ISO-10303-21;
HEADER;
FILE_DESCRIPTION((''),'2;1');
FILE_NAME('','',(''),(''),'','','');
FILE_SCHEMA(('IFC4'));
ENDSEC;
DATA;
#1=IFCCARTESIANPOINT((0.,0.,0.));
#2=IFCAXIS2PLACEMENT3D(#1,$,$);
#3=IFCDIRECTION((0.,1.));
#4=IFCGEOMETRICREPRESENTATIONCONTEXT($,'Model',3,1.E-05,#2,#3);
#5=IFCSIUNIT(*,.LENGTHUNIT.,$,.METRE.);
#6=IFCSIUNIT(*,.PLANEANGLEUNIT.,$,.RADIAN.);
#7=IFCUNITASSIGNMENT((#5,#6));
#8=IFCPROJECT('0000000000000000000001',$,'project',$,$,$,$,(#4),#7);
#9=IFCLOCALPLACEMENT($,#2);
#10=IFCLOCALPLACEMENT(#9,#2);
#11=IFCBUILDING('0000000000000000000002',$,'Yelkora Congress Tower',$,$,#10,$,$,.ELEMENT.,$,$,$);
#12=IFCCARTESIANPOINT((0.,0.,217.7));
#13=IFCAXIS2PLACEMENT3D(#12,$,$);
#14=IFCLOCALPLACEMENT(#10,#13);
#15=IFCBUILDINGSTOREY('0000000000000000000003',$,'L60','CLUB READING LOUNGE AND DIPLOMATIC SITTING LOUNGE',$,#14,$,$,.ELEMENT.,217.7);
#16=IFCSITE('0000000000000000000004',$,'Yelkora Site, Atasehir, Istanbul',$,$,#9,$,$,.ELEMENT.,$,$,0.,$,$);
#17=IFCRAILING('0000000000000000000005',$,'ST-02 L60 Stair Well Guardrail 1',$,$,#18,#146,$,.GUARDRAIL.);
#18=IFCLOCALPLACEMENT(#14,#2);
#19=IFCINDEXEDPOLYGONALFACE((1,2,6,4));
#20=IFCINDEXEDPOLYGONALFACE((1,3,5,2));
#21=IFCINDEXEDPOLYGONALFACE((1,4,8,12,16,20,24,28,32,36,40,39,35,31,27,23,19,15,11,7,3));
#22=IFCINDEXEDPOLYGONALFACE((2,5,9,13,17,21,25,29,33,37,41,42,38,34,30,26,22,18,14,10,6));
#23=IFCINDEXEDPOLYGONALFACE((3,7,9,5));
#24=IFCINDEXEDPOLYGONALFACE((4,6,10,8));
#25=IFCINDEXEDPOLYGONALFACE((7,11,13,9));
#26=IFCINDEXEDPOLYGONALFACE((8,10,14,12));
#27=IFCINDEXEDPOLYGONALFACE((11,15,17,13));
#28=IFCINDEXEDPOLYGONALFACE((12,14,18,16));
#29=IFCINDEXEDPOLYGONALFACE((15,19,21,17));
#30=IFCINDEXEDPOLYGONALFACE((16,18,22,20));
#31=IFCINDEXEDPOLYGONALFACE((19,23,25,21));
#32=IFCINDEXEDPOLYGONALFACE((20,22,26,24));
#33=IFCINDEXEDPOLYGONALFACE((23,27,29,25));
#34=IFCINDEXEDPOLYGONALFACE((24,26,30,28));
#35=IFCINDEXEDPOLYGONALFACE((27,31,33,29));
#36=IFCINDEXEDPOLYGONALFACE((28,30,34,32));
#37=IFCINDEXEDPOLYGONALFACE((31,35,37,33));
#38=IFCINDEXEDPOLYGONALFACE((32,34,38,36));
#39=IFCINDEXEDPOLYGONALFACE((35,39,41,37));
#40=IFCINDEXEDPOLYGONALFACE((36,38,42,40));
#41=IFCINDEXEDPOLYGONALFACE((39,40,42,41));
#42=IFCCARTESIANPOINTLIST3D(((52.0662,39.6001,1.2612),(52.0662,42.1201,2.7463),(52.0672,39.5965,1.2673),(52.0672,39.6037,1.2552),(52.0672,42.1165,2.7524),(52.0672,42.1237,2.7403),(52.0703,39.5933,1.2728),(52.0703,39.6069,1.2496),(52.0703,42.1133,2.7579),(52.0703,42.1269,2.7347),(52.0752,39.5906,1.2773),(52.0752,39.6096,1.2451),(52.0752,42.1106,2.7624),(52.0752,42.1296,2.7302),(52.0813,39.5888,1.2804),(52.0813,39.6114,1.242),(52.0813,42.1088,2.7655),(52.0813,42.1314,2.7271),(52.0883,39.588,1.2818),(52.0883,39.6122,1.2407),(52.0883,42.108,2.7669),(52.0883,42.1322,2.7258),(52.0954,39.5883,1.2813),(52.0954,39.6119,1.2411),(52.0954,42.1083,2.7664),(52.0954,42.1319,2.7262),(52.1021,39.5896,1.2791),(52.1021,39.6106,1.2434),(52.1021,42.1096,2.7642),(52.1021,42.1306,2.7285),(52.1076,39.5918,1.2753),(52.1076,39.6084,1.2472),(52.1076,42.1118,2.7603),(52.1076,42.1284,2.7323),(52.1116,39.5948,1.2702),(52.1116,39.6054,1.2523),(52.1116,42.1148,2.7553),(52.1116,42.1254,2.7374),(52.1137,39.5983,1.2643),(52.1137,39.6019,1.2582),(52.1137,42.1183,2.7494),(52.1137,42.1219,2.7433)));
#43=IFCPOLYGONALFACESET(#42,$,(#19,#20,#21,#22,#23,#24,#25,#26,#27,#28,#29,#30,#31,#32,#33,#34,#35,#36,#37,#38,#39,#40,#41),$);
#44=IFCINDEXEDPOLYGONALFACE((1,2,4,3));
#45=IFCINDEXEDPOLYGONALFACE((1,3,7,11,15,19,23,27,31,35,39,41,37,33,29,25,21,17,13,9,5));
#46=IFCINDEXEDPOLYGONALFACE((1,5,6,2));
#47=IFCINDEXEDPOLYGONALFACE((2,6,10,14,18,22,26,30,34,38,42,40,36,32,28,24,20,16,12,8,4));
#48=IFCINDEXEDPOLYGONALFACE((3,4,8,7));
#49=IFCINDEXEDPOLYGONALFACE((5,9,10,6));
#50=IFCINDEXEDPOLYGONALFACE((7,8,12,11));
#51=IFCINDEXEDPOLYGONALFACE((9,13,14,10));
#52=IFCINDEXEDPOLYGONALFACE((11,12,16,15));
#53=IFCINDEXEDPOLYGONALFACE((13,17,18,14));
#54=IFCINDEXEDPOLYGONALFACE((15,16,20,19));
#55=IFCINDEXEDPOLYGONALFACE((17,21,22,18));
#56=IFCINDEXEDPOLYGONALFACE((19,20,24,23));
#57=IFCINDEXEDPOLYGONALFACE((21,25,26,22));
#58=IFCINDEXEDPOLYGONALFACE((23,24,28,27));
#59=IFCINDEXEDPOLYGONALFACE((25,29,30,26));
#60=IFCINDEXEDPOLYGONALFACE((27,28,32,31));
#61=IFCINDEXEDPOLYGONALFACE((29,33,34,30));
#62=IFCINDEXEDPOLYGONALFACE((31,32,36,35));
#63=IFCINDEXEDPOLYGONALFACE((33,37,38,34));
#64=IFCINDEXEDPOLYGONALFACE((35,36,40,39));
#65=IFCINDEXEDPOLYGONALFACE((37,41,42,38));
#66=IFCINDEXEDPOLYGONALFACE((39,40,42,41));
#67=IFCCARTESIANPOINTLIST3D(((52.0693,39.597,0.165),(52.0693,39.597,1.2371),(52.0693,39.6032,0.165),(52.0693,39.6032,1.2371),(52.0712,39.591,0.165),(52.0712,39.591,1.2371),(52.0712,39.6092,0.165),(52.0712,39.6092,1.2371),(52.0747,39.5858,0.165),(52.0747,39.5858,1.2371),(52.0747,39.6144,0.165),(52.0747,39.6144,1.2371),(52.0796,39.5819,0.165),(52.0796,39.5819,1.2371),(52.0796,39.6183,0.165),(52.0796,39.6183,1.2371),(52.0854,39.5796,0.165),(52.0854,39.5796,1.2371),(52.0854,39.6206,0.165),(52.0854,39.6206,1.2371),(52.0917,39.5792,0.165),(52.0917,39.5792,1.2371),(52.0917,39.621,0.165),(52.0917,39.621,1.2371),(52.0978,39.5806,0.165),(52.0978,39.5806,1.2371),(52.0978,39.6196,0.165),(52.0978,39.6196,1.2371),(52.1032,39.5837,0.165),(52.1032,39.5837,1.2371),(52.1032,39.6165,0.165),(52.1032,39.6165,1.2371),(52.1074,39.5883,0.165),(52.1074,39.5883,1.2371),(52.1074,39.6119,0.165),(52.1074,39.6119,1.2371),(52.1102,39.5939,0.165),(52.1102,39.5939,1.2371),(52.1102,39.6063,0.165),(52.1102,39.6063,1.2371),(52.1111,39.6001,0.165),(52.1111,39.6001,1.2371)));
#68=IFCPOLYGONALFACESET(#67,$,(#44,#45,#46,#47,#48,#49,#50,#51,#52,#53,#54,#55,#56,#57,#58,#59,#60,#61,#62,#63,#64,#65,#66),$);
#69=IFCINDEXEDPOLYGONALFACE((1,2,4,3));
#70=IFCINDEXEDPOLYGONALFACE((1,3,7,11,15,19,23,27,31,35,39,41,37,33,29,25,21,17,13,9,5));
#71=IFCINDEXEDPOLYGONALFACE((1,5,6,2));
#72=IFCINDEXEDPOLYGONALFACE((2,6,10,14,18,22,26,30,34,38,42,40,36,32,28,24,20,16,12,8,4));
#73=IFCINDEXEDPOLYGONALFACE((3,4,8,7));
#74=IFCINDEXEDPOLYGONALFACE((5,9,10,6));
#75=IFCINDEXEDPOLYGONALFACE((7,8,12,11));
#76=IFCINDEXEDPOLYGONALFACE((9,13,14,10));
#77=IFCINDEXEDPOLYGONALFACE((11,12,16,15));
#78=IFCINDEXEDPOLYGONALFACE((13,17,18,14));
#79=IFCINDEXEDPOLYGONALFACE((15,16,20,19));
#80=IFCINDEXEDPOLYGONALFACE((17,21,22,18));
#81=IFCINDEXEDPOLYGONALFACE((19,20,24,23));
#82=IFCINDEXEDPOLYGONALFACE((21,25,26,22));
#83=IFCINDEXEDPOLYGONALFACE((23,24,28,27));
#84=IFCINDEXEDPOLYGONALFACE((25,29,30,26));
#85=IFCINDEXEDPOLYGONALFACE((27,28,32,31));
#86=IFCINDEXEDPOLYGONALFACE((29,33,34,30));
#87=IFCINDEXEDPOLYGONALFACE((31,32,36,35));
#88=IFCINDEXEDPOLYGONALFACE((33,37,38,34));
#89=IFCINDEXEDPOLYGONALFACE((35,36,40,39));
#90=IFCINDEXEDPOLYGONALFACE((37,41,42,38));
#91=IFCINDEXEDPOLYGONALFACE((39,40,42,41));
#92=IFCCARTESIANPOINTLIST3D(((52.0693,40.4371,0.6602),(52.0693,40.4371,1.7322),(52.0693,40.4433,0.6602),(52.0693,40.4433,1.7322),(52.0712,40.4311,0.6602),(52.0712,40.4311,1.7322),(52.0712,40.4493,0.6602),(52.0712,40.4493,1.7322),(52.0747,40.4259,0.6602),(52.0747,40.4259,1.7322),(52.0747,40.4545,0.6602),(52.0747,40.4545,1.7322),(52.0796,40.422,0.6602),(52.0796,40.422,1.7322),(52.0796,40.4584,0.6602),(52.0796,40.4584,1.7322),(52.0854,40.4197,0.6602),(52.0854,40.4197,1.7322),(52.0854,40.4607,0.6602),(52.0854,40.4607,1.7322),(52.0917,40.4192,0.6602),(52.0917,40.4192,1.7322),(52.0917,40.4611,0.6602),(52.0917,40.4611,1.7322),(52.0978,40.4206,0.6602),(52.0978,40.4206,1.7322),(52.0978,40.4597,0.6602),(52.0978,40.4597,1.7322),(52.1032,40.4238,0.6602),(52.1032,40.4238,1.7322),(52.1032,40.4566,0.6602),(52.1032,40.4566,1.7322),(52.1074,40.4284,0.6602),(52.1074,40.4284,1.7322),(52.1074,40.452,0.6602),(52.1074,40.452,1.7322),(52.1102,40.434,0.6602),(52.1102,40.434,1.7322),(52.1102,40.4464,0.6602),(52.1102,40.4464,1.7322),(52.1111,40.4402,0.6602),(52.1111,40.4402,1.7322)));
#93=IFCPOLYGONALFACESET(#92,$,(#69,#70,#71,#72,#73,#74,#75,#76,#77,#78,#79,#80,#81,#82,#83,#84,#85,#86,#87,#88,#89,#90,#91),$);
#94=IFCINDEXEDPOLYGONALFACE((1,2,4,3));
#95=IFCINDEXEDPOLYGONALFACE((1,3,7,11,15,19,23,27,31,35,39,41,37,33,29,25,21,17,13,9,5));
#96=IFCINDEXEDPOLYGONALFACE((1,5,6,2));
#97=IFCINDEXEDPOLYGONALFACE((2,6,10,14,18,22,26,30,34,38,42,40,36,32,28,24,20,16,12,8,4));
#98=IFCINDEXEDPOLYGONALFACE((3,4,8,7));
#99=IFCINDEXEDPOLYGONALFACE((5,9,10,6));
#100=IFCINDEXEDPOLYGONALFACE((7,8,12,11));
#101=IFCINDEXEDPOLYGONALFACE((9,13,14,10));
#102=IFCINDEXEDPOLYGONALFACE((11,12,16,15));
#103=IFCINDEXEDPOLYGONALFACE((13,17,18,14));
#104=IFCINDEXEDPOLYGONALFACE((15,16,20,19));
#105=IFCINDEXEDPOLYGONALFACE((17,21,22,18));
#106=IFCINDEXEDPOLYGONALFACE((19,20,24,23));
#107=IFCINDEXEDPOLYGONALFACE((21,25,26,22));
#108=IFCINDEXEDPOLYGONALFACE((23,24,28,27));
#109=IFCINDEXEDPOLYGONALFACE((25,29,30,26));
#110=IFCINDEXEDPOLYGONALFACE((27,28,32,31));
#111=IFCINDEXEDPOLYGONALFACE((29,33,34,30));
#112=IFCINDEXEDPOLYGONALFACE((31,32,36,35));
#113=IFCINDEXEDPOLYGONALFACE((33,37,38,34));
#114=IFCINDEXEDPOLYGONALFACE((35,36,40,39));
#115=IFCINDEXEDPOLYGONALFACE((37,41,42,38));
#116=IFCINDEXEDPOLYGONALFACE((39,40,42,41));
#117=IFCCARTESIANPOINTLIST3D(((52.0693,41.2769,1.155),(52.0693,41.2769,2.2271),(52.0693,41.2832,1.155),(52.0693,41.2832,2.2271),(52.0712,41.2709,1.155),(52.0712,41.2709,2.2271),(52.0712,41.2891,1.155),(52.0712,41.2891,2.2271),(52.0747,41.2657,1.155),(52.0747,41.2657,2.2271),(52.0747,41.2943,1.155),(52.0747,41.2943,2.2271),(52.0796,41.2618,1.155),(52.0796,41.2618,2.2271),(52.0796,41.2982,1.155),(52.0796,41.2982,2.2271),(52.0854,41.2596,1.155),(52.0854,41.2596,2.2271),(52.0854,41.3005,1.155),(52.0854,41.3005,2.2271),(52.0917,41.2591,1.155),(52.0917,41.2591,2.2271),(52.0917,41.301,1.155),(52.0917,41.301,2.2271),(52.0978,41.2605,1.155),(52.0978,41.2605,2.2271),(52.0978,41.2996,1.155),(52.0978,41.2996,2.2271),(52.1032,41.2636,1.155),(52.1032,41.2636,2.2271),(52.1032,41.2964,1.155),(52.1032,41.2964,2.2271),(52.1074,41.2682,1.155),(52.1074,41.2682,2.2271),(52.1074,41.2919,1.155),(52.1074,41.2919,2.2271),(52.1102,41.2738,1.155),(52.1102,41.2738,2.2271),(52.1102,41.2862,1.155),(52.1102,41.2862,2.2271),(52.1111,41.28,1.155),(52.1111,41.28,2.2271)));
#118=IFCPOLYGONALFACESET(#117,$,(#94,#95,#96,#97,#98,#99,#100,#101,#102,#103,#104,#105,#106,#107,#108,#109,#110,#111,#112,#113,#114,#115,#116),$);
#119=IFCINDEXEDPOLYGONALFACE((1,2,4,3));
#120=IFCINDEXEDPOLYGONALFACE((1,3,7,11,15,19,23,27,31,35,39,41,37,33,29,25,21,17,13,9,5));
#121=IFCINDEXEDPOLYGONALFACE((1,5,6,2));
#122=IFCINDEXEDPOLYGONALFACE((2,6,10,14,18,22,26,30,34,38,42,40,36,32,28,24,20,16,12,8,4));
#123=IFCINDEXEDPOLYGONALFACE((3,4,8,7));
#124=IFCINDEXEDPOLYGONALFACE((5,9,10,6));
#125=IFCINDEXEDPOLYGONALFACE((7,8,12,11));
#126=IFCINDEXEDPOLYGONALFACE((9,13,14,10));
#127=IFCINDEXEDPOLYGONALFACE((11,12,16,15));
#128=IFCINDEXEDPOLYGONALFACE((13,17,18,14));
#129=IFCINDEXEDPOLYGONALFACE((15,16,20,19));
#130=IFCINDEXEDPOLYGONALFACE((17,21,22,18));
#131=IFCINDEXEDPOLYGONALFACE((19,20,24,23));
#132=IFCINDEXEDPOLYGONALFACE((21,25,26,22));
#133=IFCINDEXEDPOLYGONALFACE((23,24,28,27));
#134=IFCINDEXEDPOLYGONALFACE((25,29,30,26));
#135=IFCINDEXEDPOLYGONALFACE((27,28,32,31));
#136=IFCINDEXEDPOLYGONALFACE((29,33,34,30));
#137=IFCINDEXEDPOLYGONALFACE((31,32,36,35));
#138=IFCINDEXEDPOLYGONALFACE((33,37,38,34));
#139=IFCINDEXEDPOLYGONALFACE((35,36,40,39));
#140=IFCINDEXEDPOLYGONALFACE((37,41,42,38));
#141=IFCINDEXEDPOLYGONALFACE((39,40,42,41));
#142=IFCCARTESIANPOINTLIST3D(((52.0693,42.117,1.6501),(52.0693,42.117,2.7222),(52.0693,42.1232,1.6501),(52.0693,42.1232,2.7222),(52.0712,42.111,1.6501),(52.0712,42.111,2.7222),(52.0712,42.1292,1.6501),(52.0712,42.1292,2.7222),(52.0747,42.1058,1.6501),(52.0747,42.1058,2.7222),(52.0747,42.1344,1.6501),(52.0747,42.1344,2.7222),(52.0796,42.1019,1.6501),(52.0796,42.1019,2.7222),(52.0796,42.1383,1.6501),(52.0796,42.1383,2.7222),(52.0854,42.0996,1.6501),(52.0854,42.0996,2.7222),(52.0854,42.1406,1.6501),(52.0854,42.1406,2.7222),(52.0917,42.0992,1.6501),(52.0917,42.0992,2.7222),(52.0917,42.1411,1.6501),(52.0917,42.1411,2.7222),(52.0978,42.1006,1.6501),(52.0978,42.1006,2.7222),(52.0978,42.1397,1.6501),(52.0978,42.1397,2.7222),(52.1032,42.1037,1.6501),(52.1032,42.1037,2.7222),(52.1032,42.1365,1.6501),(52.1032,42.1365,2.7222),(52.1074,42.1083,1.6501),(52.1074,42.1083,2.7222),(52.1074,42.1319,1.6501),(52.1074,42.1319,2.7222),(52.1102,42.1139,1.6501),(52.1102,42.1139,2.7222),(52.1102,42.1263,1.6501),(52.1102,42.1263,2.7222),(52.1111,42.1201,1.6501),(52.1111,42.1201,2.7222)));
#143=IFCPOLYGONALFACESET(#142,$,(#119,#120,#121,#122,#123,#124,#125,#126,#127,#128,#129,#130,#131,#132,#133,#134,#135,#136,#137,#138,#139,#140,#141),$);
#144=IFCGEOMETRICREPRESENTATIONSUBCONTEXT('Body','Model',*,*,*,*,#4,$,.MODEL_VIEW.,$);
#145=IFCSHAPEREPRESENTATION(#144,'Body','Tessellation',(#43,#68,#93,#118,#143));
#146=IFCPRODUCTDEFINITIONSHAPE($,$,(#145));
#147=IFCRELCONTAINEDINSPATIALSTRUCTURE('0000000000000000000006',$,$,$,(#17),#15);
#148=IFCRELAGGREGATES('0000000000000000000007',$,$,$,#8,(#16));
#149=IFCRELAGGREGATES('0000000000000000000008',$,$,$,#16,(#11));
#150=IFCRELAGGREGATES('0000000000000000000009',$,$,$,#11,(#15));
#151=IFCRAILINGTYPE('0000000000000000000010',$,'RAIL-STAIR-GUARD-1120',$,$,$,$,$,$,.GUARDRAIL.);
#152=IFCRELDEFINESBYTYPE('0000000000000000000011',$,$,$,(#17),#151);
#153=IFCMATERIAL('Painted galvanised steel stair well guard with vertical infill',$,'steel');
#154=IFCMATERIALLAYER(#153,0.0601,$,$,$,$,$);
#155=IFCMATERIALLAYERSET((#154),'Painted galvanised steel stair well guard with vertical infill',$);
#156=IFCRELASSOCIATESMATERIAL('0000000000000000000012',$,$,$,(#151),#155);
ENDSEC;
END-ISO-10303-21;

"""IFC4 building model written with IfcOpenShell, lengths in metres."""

from ifc_helpers import new_model, si_unit, direction, frame, origin, origin_2d, place, context, subcontext, project, spatial, circle, extrude, material, layer, layer_set, type_object, element, save


model = new_model("IFC4")

# Units and contexts
model_context = context("Model", 3, precision=1e-05, world=origin(), true_north=direction((0.0, 1.0)))
body_context = subcontext(model_context, "Body", "Model", "MODEL_VIEW")
ifc_project = project(units=[si_unit("LENGTHUNIT", "METRE"), si_unit("PLANEANGLEUNIT", "RADIAN")], contexts=[model_context])

# Site, building, storey
site_placement = place(None, origin())
site = spatial("IfcSite", under=ifc_project, at=site_placement, Name="Yelkora Site, Atasehir, Istanbul", CompositionType="ELEMENT", RefElevation=0.0)
building_placement = place(site_placement, origin())
building = spatial("IfcBuilding", under=site, at=building_placement, Name="Yelkora Congress Tower", CompositionType="ELEMENT")
storey_placement = place(building_placement, frame((0.0, 0.0, 217.7)))
storey = spatial("IfcBuildingStorey", under=building, at=storey_placement, Name="L60", Description="CLUB READING LOUNGE AND DIPLOMATIC SITTING LOUNGE", CompositionType="ELEMENT", Elevation=217.7)

# Railing
ifc_material_1 = material(Name="Painted galvanised steel stair well guard with vertical infill", Category="steel")
ifc_layer_1 = layer(ifc_material_1, 0.0601)
ifc_layer_set_1 = layer_set([ifc_layer_1], Name="Painted galvanised steel stair well guard with vertical infill")
railing_type_1 = type_object("IfcRailingType", Name="RAIL-STAIR-GUARD-1120", PredefinedType="GUARDRAIL", material=ifc_layer_set_1)
railing_1_placement = place(storey_placement, frame((52.0901, 39.6001, 0.165)))
element("IfcRailing", 1, at=railing_1_placement, inside=storey, type_object=railing_type_1, Name="ST-02 L60 Stair Well Guardrail 1", PredefinedType="GUARDRAIL", context=body_context, shape_type="SweptSolid", body=[
    extrude(circle(Radius=0.0239, at=origin_2d()), frame((0.0, 0.0, 1.0962), z_axis=(0.0, 0.861524, 0.507717), x_axis=(-1.0, 0.0, 0.0)), (0.0, 0.0, 1.0), 2.925),
    extrude(circle(Radius=0.021, at=origin_2d()), origin(), (0.0, 0.0, 1.0), 1.072),
    extrude(circle(Radius=0.021, at=origin_2d()), frame((0.0, 0.8401, 0.4951)), (0.0, 0.0, 1.0), 1.072),
    extrude(circle(Radius=0.021, at=origin_2d()), frame((0.0, 1.6799, 0.99)), (0.0, 0.0, 1.0), 1.072),
    extrude(circle(Radius=0.021, at=origin_2d()), frame((0.0, 2.52, 1.4851)), (0.0, 0.0, 1.0), 1.072),
])

save(model, "model.ifc")
